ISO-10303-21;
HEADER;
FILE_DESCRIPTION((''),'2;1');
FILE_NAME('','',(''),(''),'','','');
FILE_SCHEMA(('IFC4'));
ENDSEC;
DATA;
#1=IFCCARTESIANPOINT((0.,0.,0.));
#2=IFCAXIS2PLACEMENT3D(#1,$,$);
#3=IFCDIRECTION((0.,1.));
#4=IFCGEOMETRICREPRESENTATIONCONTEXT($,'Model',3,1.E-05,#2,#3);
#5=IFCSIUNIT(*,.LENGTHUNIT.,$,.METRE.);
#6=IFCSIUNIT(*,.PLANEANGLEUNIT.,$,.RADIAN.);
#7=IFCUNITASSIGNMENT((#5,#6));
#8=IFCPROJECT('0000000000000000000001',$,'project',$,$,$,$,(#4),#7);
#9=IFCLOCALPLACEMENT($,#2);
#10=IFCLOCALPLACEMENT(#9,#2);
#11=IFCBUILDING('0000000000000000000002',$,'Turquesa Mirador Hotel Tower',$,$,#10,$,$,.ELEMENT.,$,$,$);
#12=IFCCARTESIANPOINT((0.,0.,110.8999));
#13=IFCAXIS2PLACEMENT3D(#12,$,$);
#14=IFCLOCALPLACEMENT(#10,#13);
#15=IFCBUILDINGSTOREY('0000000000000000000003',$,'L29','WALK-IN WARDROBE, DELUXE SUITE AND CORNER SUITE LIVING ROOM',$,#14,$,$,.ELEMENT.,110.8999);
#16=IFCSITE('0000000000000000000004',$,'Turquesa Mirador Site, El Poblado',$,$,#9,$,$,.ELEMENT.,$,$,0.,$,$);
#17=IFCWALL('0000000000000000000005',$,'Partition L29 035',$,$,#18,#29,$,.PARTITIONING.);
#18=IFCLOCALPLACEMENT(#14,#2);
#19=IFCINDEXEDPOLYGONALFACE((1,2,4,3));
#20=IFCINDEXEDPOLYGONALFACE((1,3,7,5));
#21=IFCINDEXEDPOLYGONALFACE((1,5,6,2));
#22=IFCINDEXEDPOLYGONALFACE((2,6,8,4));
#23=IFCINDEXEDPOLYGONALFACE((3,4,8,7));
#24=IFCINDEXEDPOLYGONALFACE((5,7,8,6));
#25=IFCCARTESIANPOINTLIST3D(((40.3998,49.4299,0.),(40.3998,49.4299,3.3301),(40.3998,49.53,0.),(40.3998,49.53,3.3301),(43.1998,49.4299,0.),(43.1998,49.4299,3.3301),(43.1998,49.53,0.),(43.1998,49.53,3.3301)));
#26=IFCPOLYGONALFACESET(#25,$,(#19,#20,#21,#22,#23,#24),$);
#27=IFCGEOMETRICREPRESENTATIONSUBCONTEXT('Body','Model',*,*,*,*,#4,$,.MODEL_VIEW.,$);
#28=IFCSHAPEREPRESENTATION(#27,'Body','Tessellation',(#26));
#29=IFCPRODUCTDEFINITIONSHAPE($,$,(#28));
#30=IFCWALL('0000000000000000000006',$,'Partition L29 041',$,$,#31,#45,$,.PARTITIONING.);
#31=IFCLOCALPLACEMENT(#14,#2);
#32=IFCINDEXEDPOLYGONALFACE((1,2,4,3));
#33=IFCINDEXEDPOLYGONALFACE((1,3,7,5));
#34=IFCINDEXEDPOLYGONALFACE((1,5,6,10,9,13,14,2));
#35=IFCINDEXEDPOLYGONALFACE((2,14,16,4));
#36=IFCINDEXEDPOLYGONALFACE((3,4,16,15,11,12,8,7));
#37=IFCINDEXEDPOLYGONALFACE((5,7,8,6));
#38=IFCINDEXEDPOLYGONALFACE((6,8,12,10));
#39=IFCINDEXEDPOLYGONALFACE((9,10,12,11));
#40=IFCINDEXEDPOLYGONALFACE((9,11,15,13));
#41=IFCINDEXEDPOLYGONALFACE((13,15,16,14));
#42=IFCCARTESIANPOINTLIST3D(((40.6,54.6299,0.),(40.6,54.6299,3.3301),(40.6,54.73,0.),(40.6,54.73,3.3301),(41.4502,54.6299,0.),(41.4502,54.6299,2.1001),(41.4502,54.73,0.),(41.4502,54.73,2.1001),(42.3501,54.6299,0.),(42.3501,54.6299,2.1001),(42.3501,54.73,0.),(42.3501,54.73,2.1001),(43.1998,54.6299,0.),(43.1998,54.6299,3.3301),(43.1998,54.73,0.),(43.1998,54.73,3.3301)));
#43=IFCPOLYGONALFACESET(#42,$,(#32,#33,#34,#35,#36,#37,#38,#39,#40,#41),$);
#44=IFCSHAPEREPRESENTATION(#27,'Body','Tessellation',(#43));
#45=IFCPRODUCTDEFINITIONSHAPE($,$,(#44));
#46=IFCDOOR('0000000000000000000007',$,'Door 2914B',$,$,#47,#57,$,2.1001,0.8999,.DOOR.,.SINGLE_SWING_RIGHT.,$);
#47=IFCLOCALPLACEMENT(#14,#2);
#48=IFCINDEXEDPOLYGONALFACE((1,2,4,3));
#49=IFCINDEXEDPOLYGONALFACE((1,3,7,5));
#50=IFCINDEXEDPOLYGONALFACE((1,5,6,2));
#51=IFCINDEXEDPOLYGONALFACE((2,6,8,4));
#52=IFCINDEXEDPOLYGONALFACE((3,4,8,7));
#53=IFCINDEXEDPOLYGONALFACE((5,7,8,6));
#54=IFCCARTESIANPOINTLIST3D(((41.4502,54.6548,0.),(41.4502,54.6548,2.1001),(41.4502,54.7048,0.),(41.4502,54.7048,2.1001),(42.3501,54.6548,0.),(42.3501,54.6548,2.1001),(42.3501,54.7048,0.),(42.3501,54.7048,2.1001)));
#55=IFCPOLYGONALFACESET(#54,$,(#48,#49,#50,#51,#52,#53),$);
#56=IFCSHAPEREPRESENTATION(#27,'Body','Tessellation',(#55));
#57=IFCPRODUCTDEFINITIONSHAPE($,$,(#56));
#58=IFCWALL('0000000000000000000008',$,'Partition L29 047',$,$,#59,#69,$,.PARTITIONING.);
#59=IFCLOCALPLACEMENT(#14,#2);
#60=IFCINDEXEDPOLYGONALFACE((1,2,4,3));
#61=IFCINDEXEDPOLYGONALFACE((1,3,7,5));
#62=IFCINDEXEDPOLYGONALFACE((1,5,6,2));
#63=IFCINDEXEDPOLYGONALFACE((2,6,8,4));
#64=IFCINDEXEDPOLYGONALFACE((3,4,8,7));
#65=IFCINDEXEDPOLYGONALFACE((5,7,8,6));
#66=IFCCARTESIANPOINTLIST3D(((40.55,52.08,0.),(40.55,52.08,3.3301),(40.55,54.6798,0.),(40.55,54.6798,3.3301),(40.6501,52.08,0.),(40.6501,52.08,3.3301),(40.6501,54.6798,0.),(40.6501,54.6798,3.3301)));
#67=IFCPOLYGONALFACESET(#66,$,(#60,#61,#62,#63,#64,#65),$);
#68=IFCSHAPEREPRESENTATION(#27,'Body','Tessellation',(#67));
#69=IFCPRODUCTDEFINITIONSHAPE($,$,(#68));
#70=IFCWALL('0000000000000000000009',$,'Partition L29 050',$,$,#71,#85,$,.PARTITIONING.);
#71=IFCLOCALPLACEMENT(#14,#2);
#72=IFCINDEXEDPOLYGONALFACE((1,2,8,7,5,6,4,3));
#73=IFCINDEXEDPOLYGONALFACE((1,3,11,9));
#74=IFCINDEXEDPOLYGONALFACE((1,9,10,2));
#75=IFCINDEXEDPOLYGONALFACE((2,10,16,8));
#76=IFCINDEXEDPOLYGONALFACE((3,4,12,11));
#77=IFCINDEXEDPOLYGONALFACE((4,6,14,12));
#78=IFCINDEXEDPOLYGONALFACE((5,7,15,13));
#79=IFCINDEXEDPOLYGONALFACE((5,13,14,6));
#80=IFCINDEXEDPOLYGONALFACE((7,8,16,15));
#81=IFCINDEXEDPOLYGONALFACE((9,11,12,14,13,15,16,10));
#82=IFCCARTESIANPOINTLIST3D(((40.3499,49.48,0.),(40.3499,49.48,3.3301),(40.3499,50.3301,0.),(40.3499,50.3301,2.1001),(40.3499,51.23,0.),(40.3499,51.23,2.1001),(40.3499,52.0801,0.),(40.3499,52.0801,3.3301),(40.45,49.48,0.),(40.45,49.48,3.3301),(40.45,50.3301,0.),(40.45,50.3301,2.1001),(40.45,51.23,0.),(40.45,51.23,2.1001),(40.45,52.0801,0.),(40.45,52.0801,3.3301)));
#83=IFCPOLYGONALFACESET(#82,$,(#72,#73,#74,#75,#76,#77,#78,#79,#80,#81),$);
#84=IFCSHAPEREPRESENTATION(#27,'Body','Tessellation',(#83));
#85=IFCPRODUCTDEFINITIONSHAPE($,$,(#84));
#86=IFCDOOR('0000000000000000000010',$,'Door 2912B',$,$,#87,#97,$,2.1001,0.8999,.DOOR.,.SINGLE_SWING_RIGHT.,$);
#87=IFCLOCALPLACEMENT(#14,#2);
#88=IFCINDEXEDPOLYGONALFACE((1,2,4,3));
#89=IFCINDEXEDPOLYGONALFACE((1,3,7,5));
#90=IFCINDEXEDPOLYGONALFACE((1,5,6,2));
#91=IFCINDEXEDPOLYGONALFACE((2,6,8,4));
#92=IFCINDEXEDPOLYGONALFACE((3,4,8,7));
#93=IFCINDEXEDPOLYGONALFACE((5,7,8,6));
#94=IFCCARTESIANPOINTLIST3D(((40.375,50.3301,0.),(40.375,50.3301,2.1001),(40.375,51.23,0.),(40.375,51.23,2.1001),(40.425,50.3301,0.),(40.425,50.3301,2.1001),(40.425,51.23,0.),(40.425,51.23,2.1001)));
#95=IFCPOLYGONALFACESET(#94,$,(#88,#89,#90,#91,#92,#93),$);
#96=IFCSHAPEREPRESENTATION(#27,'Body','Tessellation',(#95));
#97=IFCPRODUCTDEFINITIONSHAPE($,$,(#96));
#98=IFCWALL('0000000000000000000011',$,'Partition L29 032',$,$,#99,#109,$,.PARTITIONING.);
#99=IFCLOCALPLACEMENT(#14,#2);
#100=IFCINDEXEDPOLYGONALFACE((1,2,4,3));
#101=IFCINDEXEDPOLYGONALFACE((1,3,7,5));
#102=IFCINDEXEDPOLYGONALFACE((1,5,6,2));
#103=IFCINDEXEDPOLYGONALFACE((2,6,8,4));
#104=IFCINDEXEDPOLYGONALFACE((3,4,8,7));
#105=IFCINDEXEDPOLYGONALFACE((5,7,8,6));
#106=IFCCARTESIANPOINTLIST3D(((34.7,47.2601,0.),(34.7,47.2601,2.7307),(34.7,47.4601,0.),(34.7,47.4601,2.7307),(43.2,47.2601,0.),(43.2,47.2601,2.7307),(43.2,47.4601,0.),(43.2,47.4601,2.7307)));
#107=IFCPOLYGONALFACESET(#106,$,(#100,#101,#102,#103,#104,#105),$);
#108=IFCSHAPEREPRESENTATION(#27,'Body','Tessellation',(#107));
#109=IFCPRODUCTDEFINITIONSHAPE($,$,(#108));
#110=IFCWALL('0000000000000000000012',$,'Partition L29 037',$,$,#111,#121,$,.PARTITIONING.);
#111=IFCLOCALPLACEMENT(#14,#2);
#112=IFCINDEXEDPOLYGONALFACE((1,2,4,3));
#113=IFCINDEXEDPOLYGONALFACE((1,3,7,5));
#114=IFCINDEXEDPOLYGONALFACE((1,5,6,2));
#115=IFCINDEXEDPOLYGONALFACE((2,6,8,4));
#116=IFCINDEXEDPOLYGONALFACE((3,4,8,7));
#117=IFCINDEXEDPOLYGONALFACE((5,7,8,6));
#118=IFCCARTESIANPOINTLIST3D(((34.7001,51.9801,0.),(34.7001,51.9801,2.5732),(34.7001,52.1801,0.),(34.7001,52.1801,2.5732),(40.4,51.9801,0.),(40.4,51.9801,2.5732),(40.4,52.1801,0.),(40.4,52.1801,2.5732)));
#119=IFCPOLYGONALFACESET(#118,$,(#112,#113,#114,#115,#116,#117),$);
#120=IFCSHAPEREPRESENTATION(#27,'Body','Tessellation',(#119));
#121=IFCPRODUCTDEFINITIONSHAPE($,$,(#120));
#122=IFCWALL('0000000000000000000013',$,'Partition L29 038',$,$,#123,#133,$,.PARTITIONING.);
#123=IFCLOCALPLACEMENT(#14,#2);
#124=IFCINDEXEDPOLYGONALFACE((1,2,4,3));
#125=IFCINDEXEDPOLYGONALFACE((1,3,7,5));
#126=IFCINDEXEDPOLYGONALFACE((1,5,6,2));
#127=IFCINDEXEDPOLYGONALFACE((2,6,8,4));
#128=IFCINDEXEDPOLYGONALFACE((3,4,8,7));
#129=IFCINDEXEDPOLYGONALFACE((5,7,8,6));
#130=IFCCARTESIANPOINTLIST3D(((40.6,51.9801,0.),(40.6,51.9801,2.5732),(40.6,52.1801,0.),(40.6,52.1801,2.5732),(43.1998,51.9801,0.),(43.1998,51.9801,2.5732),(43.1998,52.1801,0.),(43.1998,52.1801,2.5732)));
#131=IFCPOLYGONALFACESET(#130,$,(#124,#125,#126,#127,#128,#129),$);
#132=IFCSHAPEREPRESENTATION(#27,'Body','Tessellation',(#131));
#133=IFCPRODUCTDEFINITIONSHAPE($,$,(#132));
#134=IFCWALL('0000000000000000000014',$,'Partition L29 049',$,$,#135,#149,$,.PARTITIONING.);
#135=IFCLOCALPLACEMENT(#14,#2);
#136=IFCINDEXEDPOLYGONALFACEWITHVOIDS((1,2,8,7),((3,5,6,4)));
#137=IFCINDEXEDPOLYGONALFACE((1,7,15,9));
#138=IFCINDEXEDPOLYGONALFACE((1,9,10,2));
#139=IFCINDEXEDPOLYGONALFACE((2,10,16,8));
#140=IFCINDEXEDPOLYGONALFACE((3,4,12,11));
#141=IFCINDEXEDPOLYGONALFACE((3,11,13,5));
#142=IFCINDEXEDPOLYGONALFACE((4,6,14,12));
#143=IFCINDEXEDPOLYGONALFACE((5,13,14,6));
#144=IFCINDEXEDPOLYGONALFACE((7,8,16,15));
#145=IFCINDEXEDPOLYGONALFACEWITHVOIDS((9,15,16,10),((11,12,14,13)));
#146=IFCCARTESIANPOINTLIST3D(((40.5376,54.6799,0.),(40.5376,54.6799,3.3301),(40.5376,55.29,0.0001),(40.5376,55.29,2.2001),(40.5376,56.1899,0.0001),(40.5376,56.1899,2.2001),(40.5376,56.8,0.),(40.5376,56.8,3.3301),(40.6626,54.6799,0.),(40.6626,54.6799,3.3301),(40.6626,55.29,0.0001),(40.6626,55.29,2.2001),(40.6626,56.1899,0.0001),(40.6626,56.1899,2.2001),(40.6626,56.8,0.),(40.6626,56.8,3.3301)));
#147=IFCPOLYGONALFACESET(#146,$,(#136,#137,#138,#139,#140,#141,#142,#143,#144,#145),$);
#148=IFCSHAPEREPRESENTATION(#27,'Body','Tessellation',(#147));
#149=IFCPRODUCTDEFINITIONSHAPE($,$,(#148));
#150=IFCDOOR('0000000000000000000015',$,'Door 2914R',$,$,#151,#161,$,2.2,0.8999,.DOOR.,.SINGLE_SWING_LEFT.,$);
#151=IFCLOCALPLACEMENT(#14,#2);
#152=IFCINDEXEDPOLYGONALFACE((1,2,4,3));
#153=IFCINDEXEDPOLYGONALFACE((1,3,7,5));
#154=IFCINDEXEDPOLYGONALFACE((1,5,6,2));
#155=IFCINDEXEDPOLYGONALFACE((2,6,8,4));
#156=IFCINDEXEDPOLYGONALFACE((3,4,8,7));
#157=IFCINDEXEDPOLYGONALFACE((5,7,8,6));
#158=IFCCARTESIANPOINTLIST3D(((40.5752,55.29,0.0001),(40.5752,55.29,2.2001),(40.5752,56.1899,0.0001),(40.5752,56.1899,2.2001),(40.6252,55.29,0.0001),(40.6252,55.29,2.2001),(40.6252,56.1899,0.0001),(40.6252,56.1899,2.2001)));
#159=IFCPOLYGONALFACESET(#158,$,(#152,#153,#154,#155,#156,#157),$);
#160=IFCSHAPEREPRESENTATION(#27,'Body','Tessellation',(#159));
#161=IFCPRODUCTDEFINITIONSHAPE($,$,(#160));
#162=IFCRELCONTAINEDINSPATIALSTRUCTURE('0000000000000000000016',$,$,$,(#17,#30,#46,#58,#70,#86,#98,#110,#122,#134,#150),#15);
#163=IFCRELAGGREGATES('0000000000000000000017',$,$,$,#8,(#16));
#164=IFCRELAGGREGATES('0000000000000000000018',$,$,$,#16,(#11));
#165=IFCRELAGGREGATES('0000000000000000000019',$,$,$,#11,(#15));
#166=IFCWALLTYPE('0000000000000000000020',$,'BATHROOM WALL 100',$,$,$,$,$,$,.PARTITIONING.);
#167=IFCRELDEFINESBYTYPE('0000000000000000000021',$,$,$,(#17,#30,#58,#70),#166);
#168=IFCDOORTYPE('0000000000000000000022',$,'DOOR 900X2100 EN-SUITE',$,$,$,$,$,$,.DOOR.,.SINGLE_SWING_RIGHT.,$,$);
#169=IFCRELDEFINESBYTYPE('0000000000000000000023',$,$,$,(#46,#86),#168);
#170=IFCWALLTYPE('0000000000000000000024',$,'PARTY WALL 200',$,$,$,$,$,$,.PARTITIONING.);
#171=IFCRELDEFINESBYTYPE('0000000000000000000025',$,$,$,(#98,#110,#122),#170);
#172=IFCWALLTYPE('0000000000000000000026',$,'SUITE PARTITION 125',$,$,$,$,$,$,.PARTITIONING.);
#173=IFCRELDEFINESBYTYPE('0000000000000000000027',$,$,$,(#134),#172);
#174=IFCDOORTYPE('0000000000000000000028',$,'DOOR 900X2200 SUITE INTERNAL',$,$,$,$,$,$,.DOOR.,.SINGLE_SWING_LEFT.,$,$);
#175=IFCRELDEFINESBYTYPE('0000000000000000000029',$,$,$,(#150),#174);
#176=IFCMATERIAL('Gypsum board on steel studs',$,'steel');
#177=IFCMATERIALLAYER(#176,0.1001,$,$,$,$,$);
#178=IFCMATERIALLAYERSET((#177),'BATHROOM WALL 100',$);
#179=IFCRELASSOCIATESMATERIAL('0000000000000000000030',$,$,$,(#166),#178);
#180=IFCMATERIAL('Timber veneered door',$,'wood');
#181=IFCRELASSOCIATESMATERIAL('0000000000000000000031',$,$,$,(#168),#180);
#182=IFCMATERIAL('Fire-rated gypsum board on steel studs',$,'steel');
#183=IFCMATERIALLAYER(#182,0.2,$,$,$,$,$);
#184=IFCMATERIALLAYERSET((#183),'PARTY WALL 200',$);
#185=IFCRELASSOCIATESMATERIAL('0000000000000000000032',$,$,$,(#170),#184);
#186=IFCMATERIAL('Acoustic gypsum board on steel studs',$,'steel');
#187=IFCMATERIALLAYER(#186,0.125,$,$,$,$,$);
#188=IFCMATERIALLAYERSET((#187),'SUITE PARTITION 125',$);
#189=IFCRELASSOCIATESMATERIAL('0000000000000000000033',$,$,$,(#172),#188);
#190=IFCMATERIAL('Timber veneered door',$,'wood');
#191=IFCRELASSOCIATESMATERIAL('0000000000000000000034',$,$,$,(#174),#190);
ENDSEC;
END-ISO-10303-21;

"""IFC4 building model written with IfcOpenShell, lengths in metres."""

from ifc_helpers import new_model, si_unit, direction, frame, frame_2d, origin, place, context, subcontext, project, spatial, rectangle, extrude, material, layer, layer_set, type_object, element, fill, save


model = new_model("IFC4")

# Units and contexts
model_context = context("Model", 3, precision=1e-05, world=origin(), true_north=direction((0.0, 1.0)))
body_context = subcontext(model_context, "Body", "Model", "MODEL_VIEW")
ifc_project = project(units=[si_unit("LENGTHUNIT", "METRE"), si_unit("PLANEANGLEUNIT", "RADIAN")], contexts=[model_context])

# Site, building, storey
site_placement = place(None, origin())
site = spatial("IfcSite", under=ifc_project, at=site_placement, Name="Turquesa Mirador Site, El Poblado", CompositionType="ELEMENT", RefElevation=0.0)
building_placement = place(site_placement, origin())
building = spatial("IfcBuilding", under=site, at=building_placement, Name="Turquesa Mirador Hotel Tower", CompositionType="ELEMENT")
storey_placement = place(building_placement, frame((0.0, 0.0, 110.8999)))
storey = spatial("IfcBuildingStorey", under=building, at=storey_placement, Name="L29", Description="WALK-IN WARDROBE, DELUXE SUITE AND CORNER SUITE LIVING ROOM", CompositionType="ELEMENT", Elevation=110.8999)

# Wall
ifc_material_1 = material(Name="Gypsum board on steel studs", Category="steel")
ifc_layer_1 = layer(ifc_material_1, 0.1001)
ifc_layer_set_1 = layer_set([ifc_layer_1], Name="BATHROOM WALL 100")
wall_type_1 = type_object("IfcWallType", Name="BATHROOM WALL 100", PredefinedType="PARTITIONING", material=ifc_layer_set_1)
wall_1_placement = place(storey_placement, frame((40.3999, 49.48, 0.0), z_axis=(0.0, 0.0, 1.0), x_axis=(1.0, 0.0, 0.0)))
element("IfcWall", 1, at=wall_1_placement, inside=storey, type_object=wall_type_1, Name="Partition L29 035", PredefinedType="PARTITIONING", context=body_context, shape_type="SweptSolid", body=[
    extrude(rectangle(XDim=2.8, YDim=0.1001, at=frame_2d((1.3999, 0.0))), origin(), (0.0, 0.0, 1.0), 3.3301),
])

# Wall, opening, door
wall_2_placement = place(storey_placement, frame((40.6001, 54.6799, 0.0), z_axis=(0.0, 0.0, 1.0), x_axis=(1.0, 0.0, 0.0)))
wall_2 = element("IfcWall", 2, at=wall_2_placement, inside=storey, type_object=wall_type_1, Name="Partition L29 041", PredefinedType="PARTITIONING", context=body_context, shape_type="SweptSolid", body=[
    extrude(rectangle(XDim=2.5999, YDim=0.1001, at=frame_2d((1.2998, 0.0))), origin(), (0.0, 0.0, 1.0), 3.3301),
])
opening_1_placement = place(wall_2_placement, frame((0.8501, 0.0, 0.0)))
opening_1 = element("IfcOpeningElement", 3, at=opening_1_placement, cuts=wall_2, PredefinedType="OPENING", context=body_context, shape_type="SweptSolid", body=[
    extrude(rectangle(XDim=0.8999, YDim=2.1001, at=frame_2d((0.45, 1.05))), frame((0.0, 0.0601, 0.0), z_axis=(0.0, -1.0, 0.0), x_axis=(1.0, 0.0, 0.0)), (0.0, 0.0, 1.0), 0.1201),
])
ifc_material_2 = material(Name="Timber veneered door", Category="wood")
door_type_1 = type_object("IfcDoorType", Name="DOOR 900X2100 EN-SUITE", OperationType="SINGLE_SWING_RIGHT", PredefinedType="DOOR", material=ifc_material_2)
door_1_placement = place(opening_1_placement, origin())
door_1 = element("IfcDoor", 4, at=door_1_placement, inside=storey, type_object=door_type_1, Name="Door 2914B", OperationType="SINGLE_SWING_RIGHT", OverallHeight=2.1001, OverallWidth=0.8999, PredefinedType="DOOR", context=body_context, shape_type="SweptSolid", body=[
    extrude(rectangle(XDim=0.8999, YDim=2.1001, at=frame_2d((0.45, 1.05))), frame((0.0, 0.0249, 0.0), z_axis=(0.0, -1.0, 0.0), x_axis=(1.0, 0.0, 0.0)), (0.0, 0.0, 1.0), 0.05),
])
fill(opening_1, door_1)

# Wall
wall_3_placement = place(storey_placement, frame((40.6001, 52.0801, 0.0), z_axis=(0.0, 0.0, 1.0), x_axis=(0.0, 1.0, 0.0)))
element("IfcWall", 5, at=wall_3_placement, inside=storey, type_object=wall_type_1, Name="Partition L29 047", PredefinedType="PARTITIONING", context=body_context, shape_type="SweptSolid", body=[
    extrude(rectangle(XDim=2.5999, YDim=0.1001, at=frame_2d((1.2998, 0.0))), origin(), (0.0, 0.0, 1.0), 3.3301),
])

# Wall, opening, door
wall_4_placement = place(storey_placement, frame((40.3999, 49.48, 0.0), z_axis=(0.0, 0.0, 1.0), x_axis=(0.0, 1.0, 0.0)))
wall_4 = element("IfcWall", 6, at=wall_4_placement, inside=storey, type_object=wall_type_1, Name="Partition L29 050", PredefinedType="PARTITIONING", context=body_context, shape_type="SweptSolid", body=[
    extrude(rectangle(XDim=2.6001, YDim=0.1001, at=frame_2d((1.3, 0.0))), origin(), (0.0, 0.0, 1.0), 3.3301),
])
opening_2_placement = place(wall_4_placement, frame((0.8501, 0.0, 0.0)))
opening_2 = element("IfcOpeningElement", 7, at=opening_2_placement, cuts=wall_4, PredefinedType="OPENING", context=body_context, shape_type="SweptSolid", body=[
    extrude(rectangle(XDim=0.8999, YDim=2.1001, at=frame_2d((0.45, 1.05))), frame((0.0, 0.0601, 0.0), z_axis=(0.0, -1.0, 0.0), x_axis=(1.0, 0.0, 0.0)), (0.0, 0.0, 1.0), 0.1201),
])
door_2_placement = place(opening_2_placement, origin())
door_2 = element("IfcDoor", 8, at=door_2_placement, inside=storey, type_object=door_type_1, Name="Door 2912B", OperationType="SINGLE_SWING_RIGHT", OverallHeight=2.1001, OverallWidth=0.8999, PredefinedType="DOOR", context=body_context, shape_type="SweptSolid", body=[
    extrude(rectangle(XDim=0.8999, YDim=2.1001, at=frame_2d((0.45, 1.05))), frame((0.0, 0.0249, 0.0), z_axis=(0.0, -1.0, 0.0), x_axis=(1.0, 0.0, 0.0)), (0.0, 0.0, 1.0), 0.05),
])
fill(opening_2, door_2)

# Walls
ifc_material_3 = material(Name="Fire-rated gypsum board on steel studs", Category="steel")
ifc_layer_2 = layer(ifc_material_3, 0.2)
ifc_layer_set_2 = layer_set([ifc_layer_2], Name="PARTY WALL 200")
wall_type_2 = type_object("IfcWallType", Name="PARTY WALL 200", PredefinedType="PARTITIONING", material=ifc_layer_set_2)
wall_5_placement = place(storey_placement, frame((34.7, 47.3601, 0.0), z_axis=(0.0, 0.0, 1.0), x_axis=(1.0, 0.0, 0.0)))
element("IfcWall", 9, at=wall_5_placement, inside=storey, type_object=wall_type_2, Name="Partition L29 032", PredefinedType="PARTITIONING", context=body_context, shape_type="SweptSolid", body=[
    extrude(rectangle(XDim=8.5, YDim=0.2, at=frame_2d((4.25, 0.0))), origin(), (0.0, 0.0, 1.0), 2.7307),
])
wall_6_placement = place(storey_placement, frame((34.7, 52.0801, 0.0), z_axis=(0.0, 0.0, 1.0), x_axis=(1.0, 0.0, 0.0)))
element("IfcWall", 10, at=wall_6_placement, inside=storey, type_object=wall_type_2, Name="Partition L29 037", PredefinedType="PARTITIONING", context=body_context, shape_type="SweptSolid", body=[
    extrude(rectangle(XDim=5.7, YDim=0.2, at=frame_2d((2.8501, 0.0))), origin(), (0.0, 0.0, 1.0), 2.5732),
])
wall_7_placement = place(storey_placement, frame((40.6001, 52.0801, 0.0), z_axis=(0.0, 0.0, 1.0), x_axis=(1.0, 0.0, 0.0)))
element("IfcWall", 11, at=wall_7_placement, inside=storey, type_object=wall_type_2, Name="Partition L29 038", PredefinedType="PARTITIONING", context=body_context, shape_type="SweptSolid", body=[
    extrude(rectangle(XDim=2.5999, YDim=0.2, at=frame_2d((1.2998, 0.0))), origin(), (0.0, 0.0, 1.0), 2.5732),
])

# Wall, opening, door
ifc_material_4 = material(Name="Acoustic gypsum board on steel studs", Category="steel")
ifc_layer_3 = layer(ifc_material_4, 0.125)
ifc_layer_set_3 = layer_set([ifc_layer_3], Name="SUITE PARTITION 125")
wall_type_3 = type_object("IfcWallType", Name="SUITE PARTITION 125", PredefinedType="PARTITIONING", material=ifc_layer_set_3)
wall_8_placement = place(storey_placement, frame((40.6001, 54.6799, 0.0), z_axis=(0.0, 0.0, 1.0), x_axis=(0.0, 1.0, 0.0)))
wall_8 = element("IfcWall", 12, at=wall_8_placement, inside=storey, type_object=wall_type_3, Name="Partition L29 049", PredefinedType="PARTITIONING", context=body_context, shape_type="SweptSolid", body=[
    extrude(rectangle(XDim=2.1201, YDim=0.125, at=frame_2d((1.0601, 0.0))), origin(), (0.0, 0.0, 1.0), 3.3301),
])
opening_3_placement = place(wall_8_placement, frame((0.6101, 0.0, 0.0)))
opening_3 = element("IfcOpeningElement", 13, at=opening_3_placement, cuts=wall_8, PredefinedType="OPENING", context=body_context, shape_type="SweptSolid", body=[
    extrude(rectangle(XDim=0.8999, YDim=2.2, at=frame_2d((0.45, 1.1001))), frame((0.0, 0.0725, 0.0), z_axis=(0.0, -1.0, 0.0), x_axis=(1.0, 0.0, 0.0)), (0.0, 0.0, 1.0), 0.145),
])
ifc_material_5 = material(Name="Timber veneered door", Category="wood")
door_type_2 = type_object("IfcDoorType", Name="DOOR 900X2200 SUITE INTERNAL", OperationType="SINGLE_SWING_LEFT", PredefinedType="DOOR", material=ifc_material_5)
door_3_placement = place(opening_3_placement, origin())
door_3 = element("IfcDoor", 14, at=door_3_placement, inside=storey, type_object=door_type_2, Name="Door 2914R", OperationType="SINGLE_SWING_LEFT", OverallHeight=2.2, OverallWidth=0.8999, PredefinedType="DOOR", context=body_context, shape_type="SweptSolid", body=[
    extrude(rectangle(XDim=0.8999, YDim=2.2, at=frame_2d((0.45, 1.1001))), frame((0.0, 0.0249, 0.0), z_axis=(0.0, -1.0, 0.0), x_axis=(1.0, 0.0, 0.0)), (0.0, 0.0, 1.0), 0.05),
])
fill(opening_3, door_3)

save(model, "model.ifc")
